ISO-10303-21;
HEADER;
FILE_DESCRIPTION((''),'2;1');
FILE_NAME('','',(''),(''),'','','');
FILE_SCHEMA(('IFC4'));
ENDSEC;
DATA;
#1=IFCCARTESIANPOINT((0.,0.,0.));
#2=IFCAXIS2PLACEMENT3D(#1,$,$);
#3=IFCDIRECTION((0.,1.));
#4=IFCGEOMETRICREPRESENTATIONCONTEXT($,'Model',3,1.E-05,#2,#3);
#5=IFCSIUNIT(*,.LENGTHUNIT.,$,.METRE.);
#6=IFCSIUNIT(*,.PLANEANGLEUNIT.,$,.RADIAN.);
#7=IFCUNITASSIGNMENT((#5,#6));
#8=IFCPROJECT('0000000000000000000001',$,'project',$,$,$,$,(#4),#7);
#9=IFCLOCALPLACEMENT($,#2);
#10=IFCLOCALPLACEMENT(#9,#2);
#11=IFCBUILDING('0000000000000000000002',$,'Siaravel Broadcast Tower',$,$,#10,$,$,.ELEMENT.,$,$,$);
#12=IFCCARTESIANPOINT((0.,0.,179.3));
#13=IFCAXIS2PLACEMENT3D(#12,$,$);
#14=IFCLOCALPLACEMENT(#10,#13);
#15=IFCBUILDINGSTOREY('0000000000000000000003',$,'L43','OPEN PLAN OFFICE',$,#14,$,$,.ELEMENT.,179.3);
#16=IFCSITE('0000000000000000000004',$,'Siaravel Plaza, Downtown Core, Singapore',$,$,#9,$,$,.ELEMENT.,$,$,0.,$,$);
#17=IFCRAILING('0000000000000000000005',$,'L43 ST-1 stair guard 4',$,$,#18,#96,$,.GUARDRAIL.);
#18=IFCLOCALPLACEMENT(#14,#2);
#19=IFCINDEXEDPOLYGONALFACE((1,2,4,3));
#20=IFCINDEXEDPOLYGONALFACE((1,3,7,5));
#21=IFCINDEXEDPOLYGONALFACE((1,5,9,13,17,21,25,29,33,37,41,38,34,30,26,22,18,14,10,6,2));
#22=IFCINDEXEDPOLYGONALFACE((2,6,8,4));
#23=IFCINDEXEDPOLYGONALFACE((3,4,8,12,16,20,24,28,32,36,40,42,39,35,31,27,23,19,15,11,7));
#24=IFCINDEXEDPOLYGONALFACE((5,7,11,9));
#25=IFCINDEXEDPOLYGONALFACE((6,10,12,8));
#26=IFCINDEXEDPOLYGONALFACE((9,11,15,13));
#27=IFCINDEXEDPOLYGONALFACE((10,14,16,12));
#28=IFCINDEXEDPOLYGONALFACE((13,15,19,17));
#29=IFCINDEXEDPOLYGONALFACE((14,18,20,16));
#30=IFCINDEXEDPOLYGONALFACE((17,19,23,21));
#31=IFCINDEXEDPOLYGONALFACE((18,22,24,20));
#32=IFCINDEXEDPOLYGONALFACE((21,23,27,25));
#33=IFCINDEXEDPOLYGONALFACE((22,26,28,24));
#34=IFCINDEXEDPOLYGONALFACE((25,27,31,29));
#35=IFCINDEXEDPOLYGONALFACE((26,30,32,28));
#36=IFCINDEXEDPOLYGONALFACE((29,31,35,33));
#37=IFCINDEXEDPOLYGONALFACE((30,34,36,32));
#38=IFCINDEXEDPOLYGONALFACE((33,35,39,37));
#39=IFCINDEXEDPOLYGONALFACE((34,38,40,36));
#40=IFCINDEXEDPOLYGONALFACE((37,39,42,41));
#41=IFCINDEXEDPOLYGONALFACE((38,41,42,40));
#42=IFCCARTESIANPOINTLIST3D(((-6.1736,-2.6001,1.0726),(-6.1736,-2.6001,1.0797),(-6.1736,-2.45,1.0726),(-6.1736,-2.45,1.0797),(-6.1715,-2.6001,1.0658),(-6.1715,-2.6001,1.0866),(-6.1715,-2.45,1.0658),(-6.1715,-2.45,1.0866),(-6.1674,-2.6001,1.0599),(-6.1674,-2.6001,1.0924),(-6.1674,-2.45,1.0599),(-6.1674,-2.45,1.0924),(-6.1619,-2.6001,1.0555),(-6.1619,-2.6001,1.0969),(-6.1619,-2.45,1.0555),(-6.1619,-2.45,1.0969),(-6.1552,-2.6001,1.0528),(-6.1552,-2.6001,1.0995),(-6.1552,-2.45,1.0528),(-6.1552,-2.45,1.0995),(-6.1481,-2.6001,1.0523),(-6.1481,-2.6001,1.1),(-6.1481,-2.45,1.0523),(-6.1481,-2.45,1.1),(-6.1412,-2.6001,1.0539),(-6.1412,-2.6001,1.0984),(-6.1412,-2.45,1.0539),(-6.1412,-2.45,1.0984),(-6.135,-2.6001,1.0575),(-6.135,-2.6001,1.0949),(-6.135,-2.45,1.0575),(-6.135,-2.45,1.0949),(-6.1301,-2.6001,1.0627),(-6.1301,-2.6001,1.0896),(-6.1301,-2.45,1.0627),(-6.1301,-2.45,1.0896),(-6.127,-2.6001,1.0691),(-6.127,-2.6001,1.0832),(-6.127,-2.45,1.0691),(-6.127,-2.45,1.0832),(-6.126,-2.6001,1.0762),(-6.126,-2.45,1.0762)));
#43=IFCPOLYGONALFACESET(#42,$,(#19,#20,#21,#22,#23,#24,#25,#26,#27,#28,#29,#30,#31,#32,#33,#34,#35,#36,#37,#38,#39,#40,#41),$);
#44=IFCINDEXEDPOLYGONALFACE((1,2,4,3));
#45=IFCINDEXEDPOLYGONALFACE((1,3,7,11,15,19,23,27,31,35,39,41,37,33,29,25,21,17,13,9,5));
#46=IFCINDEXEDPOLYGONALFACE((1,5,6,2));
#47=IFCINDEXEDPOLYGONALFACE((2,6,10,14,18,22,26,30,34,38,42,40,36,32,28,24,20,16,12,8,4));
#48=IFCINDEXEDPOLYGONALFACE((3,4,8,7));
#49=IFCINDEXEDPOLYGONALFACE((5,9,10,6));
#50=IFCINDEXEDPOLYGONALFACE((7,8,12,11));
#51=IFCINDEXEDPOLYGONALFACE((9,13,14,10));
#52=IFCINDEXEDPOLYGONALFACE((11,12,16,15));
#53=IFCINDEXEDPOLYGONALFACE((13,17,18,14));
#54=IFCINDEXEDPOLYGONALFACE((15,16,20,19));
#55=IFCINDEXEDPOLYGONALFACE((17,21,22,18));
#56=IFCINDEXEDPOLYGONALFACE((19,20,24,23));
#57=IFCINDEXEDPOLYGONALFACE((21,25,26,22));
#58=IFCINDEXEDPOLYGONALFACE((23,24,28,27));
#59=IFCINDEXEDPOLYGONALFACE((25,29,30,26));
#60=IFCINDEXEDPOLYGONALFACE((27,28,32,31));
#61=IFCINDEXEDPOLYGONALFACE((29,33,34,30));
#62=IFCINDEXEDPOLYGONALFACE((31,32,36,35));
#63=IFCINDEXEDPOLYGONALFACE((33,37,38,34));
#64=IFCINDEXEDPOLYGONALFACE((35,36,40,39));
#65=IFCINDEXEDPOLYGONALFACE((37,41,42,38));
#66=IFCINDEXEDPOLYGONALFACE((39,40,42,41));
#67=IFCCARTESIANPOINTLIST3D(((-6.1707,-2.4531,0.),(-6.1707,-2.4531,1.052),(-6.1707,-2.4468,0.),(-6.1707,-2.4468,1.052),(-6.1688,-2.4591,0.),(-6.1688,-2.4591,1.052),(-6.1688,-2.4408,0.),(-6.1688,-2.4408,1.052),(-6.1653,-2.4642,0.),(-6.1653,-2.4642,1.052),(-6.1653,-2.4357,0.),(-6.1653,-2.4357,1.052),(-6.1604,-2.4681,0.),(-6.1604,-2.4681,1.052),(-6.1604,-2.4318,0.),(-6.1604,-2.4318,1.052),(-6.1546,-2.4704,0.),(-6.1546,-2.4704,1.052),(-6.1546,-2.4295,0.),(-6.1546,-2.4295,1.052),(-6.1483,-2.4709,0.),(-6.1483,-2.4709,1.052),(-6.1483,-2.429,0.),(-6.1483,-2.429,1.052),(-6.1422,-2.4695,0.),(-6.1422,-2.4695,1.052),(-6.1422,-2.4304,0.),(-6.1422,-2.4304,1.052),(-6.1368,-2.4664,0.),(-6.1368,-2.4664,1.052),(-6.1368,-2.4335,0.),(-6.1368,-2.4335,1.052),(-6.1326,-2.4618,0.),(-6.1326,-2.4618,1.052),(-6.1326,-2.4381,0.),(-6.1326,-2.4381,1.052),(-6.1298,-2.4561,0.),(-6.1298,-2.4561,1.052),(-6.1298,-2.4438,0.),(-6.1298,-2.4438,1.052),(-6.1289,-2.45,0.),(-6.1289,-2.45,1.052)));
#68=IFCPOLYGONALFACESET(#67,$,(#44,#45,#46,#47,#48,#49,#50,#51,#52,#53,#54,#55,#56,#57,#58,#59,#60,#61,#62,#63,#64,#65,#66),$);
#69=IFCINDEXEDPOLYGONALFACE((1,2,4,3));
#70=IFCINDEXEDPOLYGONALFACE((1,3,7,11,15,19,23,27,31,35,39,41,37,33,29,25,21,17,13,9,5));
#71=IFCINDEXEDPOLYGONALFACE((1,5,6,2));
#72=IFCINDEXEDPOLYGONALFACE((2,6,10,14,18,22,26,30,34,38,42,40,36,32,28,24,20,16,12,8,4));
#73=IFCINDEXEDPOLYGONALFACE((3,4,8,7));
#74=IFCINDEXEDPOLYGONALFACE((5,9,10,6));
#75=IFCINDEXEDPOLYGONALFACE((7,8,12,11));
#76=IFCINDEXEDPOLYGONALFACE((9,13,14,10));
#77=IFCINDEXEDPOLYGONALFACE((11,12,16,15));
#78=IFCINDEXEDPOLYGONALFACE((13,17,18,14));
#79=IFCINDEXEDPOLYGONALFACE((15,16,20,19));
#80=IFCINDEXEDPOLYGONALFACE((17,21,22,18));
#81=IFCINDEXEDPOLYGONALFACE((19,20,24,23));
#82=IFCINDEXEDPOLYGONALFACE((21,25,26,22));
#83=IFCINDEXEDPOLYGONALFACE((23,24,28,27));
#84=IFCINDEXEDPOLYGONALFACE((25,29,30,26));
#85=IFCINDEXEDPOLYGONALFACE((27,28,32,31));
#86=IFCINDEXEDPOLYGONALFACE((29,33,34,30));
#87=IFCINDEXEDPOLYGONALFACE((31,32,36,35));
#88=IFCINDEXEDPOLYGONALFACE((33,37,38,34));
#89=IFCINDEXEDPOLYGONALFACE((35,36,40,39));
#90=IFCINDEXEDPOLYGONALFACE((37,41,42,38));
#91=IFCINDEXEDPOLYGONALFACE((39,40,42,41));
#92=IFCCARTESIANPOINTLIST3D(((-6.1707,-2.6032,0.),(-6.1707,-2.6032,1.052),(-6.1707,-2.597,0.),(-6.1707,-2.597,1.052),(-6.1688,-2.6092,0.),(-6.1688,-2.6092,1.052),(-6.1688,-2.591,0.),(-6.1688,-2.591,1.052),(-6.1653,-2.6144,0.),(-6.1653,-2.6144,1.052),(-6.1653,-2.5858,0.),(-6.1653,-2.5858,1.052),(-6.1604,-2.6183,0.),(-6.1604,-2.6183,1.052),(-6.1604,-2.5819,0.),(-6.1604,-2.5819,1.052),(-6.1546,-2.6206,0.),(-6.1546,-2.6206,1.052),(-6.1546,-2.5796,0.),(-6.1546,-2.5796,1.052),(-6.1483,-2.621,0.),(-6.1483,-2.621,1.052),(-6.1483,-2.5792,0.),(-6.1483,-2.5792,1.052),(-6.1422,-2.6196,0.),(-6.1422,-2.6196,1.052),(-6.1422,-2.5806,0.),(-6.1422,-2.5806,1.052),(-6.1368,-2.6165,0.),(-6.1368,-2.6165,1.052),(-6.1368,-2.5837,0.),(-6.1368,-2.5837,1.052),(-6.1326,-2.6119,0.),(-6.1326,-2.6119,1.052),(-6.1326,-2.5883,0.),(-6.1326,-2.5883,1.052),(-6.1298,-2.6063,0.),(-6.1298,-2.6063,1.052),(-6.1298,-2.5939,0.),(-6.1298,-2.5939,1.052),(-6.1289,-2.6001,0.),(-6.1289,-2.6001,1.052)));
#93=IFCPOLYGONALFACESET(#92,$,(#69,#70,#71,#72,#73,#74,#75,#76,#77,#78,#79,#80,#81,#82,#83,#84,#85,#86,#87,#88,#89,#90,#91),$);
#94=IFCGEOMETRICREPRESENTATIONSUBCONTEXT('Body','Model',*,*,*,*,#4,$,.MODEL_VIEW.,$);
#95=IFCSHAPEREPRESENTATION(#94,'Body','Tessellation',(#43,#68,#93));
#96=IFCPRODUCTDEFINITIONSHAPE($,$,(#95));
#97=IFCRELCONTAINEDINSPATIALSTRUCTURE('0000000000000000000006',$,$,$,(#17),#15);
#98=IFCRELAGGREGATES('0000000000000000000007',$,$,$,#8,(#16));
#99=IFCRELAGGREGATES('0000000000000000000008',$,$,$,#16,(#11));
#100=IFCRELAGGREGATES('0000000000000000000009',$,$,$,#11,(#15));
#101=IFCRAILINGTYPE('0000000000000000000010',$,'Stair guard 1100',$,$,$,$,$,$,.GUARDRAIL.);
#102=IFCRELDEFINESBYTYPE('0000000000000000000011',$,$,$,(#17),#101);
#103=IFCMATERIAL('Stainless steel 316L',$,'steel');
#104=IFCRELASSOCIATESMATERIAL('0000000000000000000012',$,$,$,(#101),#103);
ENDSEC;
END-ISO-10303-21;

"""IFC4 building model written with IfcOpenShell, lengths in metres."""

from ifc_helpers import new_model, si_unit, direction, frame, origin, origin_2d, place, context, subcontext, project, spatial, circle, extrude, material, type_object, element, save


model = new_model("IFC4")

# Units and contexts
model_context = context("Model", 3, precision=1e-05, world=origin(), true_north=direction((0.0, 1.0)))
body_context = subcontext(model_context, "Body", "Model", "MODEL_VIEW")
ifc_project = project(units=[si_unit("LENGTHUNIT", "METRE"), si_unit("PLANEANGLEUNIT", "RADIAN")], contexts=[model_context])

# Site, building, storey
site_placement = place(None, origin())
site = spatial("IfcSite", under=ifc_project, at=site_placement, Name="Siaravel Plaza, Downtown Core, Singapore", CompositionType="ELEMENT", RefElevation=0.0)
building_placement = place(site_placement, origin())
building = spatial("IfcBuilding", under=site, at=building_placement, Name="Siaravel Broadcast Tower", CompositionType="ELEMENT")
storey_placement = place(building_placement, frame((0.0, 0.0, 179.3)))
storey = spatial("IfcBuildingStorey", under=building, at=storey_placement, Name="L43", Description="OPEN PLAN OFFICE", CompositionType="ELEMENT", Elevation=179.3)

# Railing
ifc_material_1 = material(Name="Stainless steel 316L", Category="steel")
railing_type_1 = type_object("IfcRailingType", Name="Stair guard 1100", PredefinedType="GUARDRAIL", material=ifc_material_1)
railing_1_placement = place(storey_placement, frame((-6.1499, -2.45, 0.0)))
element("IfcRailing", 1, at=railing_1_placement, inside=storey, type_object=railing_type_1, Name="L43 ST-1 stair guard 4", PredefinedType="GUARDRAIL", context=body_context, shape_type="SweptSolid", body=[
    extrude(circle(Radius=0.0239, at=origin_2d()), frame((0.0, 0.0, 1.0762), z_axis=(0.0, -1.0, 0.0), x_axis=(1.0, 0.0, 0.0)), (0.0, 0.0, 1.0), 0.1501),
    extrude(circle(Radius=0.021, at=origin_2d()), origin(), (0.0, 0.0, 1.0), 1.052),
    extrude(circle(Radius=0.021, at=origin_2d()), frame((0.0, -0.1501, 0.0)), (0.0, 0.0, 1.0), 1.052),
])

save(model, "model.ifc")
